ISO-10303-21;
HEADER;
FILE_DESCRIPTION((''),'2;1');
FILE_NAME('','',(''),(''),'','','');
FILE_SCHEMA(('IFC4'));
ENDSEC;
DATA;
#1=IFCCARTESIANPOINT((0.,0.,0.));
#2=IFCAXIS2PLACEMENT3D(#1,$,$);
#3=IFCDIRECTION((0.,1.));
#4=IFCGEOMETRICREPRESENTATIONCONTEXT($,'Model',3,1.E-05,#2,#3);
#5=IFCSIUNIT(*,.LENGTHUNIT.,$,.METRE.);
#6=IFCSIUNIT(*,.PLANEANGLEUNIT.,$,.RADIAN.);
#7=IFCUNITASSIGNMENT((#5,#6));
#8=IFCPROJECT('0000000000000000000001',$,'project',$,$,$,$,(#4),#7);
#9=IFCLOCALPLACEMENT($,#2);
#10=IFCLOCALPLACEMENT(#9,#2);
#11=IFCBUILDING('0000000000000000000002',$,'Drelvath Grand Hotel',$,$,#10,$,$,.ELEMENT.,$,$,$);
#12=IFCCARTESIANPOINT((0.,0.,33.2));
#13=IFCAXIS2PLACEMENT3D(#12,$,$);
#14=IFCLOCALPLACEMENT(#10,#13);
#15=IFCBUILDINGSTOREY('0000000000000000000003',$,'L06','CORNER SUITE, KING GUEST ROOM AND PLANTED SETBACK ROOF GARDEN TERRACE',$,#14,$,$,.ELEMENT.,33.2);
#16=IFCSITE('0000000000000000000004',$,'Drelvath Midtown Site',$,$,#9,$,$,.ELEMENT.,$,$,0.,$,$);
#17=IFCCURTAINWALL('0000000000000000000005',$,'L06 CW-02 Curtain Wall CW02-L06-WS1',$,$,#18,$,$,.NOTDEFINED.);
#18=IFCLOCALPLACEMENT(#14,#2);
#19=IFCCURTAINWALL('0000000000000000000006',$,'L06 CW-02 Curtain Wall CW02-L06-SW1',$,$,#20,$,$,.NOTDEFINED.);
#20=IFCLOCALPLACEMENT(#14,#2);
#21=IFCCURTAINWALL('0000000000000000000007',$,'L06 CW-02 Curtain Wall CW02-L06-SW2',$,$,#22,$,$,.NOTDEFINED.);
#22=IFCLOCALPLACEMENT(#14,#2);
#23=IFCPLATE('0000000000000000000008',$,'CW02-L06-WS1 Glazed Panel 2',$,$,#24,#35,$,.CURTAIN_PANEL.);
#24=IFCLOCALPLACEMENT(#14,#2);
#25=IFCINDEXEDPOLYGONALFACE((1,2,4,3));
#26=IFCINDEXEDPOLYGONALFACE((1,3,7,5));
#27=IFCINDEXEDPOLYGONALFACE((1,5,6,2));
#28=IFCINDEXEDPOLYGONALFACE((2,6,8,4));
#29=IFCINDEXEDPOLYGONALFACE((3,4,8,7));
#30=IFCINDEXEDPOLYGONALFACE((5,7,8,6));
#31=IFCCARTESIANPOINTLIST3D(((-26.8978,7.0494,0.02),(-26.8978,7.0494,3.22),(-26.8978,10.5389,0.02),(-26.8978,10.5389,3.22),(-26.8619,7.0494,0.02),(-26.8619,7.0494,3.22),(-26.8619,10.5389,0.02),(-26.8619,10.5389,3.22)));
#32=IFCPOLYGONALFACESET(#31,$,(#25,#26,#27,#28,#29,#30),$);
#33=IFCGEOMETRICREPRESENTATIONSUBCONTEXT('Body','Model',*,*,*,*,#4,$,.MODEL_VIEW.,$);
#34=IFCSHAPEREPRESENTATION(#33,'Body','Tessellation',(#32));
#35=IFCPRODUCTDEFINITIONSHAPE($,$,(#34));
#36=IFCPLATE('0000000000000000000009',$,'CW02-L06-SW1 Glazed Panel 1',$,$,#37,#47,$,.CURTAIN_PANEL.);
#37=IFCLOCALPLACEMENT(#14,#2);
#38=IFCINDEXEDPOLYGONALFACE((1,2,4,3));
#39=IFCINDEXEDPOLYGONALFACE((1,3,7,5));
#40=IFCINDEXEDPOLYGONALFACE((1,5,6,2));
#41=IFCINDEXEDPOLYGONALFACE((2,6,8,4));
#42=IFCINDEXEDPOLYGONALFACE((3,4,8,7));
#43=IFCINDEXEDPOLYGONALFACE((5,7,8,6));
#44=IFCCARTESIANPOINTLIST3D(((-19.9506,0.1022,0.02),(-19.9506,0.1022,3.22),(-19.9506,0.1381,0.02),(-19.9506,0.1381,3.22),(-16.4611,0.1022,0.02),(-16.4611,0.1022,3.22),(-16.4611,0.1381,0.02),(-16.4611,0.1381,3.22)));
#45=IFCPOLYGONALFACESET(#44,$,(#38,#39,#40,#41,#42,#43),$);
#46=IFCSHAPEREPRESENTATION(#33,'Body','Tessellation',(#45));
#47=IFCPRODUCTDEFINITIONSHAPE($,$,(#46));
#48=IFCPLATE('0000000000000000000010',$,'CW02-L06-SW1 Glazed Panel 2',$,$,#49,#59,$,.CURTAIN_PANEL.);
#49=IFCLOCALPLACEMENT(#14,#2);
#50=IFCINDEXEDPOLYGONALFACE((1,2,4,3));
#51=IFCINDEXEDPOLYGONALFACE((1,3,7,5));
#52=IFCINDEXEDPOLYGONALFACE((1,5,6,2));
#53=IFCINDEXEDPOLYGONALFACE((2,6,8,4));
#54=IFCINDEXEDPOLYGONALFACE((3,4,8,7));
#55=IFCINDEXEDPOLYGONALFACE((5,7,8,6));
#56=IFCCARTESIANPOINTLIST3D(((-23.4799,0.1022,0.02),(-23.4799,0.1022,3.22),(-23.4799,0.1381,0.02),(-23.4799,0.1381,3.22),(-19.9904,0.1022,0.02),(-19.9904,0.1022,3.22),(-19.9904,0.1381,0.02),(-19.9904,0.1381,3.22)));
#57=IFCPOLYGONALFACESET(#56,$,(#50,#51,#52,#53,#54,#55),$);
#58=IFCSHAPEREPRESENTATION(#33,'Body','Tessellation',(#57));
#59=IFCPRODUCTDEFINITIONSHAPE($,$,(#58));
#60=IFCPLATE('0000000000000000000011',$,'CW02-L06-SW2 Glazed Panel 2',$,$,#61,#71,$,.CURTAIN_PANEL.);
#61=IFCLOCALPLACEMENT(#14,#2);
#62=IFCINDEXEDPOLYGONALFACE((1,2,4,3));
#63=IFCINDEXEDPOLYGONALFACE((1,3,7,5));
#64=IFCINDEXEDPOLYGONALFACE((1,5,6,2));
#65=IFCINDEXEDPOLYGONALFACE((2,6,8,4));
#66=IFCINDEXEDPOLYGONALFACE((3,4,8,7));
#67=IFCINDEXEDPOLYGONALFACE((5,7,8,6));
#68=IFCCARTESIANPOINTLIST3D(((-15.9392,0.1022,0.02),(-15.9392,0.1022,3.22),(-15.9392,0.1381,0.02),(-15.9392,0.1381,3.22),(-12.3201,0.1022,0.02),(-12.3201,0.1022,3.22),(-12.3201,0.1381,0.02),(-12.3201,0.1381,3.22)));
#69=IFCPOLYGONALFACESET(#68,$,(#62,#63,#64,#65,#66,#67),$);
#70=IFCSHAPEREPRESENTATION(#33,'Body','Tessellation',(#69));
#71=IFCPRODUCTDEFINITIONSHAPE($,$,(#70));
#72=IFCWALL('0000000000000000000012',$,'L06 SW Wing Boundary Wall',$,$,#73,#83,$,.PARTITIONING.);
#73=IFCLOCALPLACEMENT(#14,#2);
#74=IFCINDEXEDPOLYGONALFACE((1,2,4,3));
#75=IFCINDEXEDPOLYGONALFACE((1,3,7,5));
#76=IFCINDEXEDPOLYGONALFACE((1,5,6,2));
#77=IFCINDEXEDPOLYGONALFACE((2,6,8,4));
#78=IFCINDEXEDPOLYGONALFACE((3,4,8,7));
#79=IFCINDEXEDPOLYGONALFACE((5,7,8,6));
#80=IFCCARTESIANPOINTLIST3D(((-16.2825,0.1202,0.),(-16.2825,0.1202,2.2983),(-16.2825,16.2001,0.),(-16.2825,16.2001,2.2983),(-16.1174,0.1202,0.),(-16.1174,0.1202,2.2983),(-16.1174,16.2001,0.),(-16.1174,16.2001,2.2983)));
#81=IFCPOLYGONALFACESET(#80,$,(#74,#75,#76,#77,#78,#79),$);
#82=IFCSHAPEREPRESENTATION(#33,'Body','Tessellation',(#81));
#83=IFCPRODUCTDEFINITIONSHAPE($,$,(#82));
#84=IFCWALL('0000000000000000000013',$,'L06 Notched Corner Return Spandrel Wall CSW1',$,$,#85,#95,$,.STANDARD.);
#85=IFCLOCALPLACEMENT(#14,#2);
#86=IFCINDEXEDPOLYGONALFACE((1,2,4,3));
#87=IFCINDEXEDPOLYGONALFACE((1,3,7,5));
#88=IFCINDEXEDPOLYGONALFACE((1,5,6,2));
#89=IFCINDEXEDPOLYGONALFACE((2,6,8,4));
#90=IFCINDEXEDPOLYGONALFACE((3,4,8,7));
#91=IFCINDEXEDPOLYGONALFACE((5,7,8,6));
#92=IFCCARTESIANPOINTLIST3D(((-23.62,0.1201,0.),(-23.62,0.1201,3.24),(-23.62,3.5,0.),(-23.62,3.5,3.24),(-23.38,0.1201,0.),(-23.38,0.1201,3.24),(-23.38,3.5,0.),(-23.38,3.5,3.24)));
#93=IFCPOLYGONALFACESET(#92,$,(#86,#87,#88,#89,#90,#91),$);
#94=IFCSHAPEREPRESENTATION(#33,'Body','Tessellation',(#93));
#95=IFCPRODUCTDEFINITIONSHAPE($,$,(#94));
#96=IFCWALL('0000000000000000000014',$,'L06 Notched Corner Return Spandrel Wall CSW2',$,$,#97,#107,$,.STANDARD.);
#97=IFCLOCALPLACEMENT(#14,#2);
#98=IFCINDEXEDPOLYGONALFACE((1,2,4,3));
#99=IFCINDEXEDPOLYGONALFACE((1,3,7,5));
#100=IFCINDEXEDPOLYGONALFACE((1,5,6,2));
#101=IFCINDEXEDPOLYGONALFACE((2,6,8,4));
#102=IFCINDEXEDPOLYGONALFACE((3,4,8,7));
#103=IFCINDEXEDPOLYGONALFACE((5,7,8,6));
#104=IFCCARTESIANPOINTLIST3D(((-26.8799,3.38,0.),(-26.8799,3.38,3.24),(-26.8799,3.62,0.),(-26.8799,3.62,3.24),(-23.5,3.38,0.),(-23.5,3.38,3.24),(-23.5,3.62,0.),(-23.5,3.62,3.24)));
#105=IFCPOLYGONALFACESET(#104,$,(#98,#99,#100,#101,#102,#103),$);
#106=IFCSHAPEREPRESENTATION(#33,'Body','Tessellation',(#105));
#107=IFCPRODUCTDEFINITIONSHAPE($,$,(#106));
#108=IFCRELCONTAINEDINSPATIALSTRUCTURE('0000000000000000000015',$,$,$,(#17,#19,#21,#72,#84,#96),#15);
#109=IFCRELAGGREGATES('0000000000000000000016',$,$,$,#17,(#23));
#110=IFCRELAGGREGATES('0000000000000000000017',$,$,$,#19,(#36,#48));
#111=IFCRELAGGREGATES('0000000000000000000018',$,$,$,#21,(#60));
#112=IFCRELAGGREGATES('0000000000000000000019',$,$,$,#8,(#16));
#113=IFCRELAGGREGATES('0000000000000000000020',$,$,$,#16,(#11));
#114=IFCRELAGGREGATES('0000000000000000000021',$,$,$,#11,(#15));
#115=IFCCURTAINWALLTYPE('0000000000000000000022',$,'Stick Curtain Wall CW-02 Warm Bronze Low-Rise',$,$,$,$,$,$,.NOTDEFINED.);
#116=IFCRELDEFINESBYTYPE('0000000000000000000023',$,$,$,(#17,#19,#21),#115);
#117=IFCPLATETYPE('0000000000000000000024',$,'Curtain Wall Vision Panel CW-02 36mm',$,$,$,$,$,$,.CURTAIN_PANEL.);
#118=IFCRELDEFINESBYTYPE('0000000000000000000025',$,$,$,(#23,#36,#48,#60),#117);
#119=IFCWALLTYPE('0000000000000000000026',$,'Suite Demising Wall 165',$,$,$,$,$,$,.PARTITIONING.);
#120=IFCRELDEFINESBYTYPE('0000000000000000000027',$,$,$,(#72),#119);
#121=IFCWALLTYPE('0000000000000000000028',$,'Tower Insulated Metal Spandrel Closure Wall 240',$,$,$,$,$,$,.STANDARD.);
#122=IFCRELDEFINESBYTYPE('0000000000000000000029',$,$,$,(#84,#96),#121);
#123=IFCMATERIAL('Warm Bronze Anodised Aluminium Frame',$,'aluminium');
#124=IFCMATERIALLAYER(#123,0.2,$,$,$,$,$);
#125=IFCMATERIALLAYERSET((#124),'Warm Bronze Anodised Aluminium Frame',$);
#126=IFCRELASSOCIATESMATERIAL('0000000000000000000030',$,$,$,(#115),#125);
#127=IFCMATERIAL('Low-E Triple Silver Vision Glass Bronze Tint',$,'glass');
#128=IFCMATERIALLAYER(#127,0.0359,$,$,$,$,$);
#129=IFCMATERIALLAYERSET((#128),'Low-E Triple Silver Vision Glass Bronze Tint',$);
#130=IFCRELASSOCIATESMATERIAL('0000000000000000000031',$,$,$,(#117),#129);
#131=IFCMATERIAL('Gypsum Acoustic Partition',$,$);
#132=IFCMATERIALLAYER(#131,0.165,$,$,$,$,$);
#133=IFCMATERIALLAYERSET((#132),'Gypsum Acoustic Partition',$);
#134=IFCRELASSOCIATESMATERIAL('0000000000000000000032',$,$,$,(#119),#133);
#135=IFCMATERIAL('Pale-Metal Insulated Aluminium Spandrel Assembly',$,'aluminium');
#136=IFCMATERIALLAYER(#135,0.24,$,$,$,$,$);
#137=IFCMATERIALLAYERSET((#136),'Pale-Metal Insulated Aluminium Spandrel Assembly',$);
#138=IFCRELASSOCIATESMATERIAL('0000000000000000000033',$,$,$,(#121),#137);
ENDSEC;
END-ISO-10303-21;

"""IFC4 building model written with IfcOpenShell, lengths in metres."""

from ifc_helpers import new_model, si_unit, direction, frame, frame_2d, origin, origin_2d, place, context, subcontext, project, spatial, rectangle, extrude, material, layer, layer_set, type_object, element, aggregate, save


model = new_model("IFC4")

# Units and contexts
model_context = context("Model", 3, precision=1e-05, world=origin(), true_north=direction((0.0, 1.0)))
body_context = subcontext(model_context, "Body", "Model", "MODEL_VIEW")
ifc_project = project(units=[si_unit("LENGTHUNIT", "METRE"), si_unit("PLANEANGLEUNIT", "RADIAN")], contexts=[model_context])

# Site, building, storey
site_placement = place(None, origin())
site = spatial("IfcSite", under=ifc_project, at=site_placement, Name="Drelvath Midtown Site", CompositionType="ELEMENT", RefElevation=0.0)
building_placement = place(site_placement, origin())
building = spatial("IfcBuilding", under=site, at=building_placement, Name="Drelvath Grand Hotel", CompositionType="ELEMENT")
storey_placement = place(building_placement, frame((0.0, 0.0, 33.2)))
storey = spatial("IfcBuildingStorey", under=building, at=storey_placement, Name="L06", Description="CORNER SUITE, KING GUEST ROOM AND PLANTED SETBACK ROOF GARDEN TERRACE", CompositionType="ELEMENT", Elevation=33.2)

# Curtain walls
ifc_material_1 = material(Name="Warm Bronze Anodised Aluminium Frame", Category="aluminium")
ifc_layer_1 = layer(ifc_material_1, 0.2)
ifc_layer_set_1 = layer_set([ifc_layer_1], Name="Warm Bronze Anodised Aluminium Frame")
curtain_wall_type = type_object("IfcCurtainWallType", Name="Stick Curtain Wall CW-02 Warm Bronze Low-Rise", PredefinedType="NOTDEFINED", material=ifc_layer_set_1)
curtain_wall_1_placement = place(storey_placement, origin())
curtain_wall_1 = element("IfcCurtainWall", 1, at=curtain_wall_1_placement, inside=storey, type_object=curtain_wall_type, Name="L06 CW-02 Curtain Wall CW02-L06-WS1", PredefinedType="NOTDEFINED")
curtain_wall_2_placement = place(storey_placement, origin())
curtain_wall_2 = element("IfcCurtainWall", 2, at=curtain_wall_2_placement, inside=storey, type_object=curtain_wall_type, Name="L06 CW-02 Curtain Wall CW02-L06-SW1", PredefinedType="NOTDEFINED")

# Curtain wall
curtain_wall_3_placement = place(storey_placement, origin())
curtain_wall_3 = element("IfcCurtainWall", 3, at=curtain_wall_3_placement, inside=storey, type_object=curtain_wall_type, Name="L06 CW-02 Curtain Wall CW02-L06-SW2", PredefinedType="NOTDEFINED")

# Plates
ifc_material_2 = material(Name="Low-E Triple Silver Vision Glass Bronze Tint", Category="glass")
ifc_layer_2 = layer(ifc_material_2, 0.0359)
ifc_layer_set_2 = layer_set([ifc_layer_2], Name="Low-E Triple Silver Vision Glass Bronze Tint")
plate_type = type_object("IfcPlateType", Name="Curtain Wall Vision Panel CW-02 36mm", PredefinedType="CURTAIN_PANEL", material=ifc_layer_set_2)
plate_1_placement = place(storey_placement, frame((-26.8799, 8.7942, 0.02), z_axis=(0.0, 0.0, 1.0), x_axis=(0.0, 1.0, 0.0)))
plate_1 = element("IfcPlate", 4, at=plate_1_placement, type_object=plate_type, Name="CW02-L06-WS1 Glazed Panel 2", PredefinedType="CURTAIN_PANEL", context=body_context, shape_type="SweptSolid", body=[
    extrude(rectangle(XDim=3.4895, YDim=0.0359, at=origin_2d()), origin(), (0.0, 0.0, 1.0), 3.2),
])
aggregate(curtain_wall_1, [plate_1])
plate_2_placement = place(storey_placement, frame((-18.2058, 0.1201, 0.02), z_axis=(0.0, 0.0, 1.0), x_axis=(-1.0, 0.0, 0.0)))
plate_2 = element("IfcPlate", 5, at=plate_2_placement, type_object=plate_type, Name="CW02-L06-SW1 Glazed Panel 1", PredefinedType="CURTAIN_PANEL", context=body_context, shape_type="SweptSolid", body=[
    extrude(rectangle(XDim=3.4895, YDim=0.0359, at=origin_2d()), origin(), (0.0, 0.0, 1.0), 3.2),
])
plate_3_placement = place(storey_placement, frame((-21.7351, 0.1201, 0.02), z_axis=(0.0, 0.0, 1.0), x_axis=(-1.0, 0.0, 0.0)))
plate_3 = element("IfcPlate", 6, at=plate_3_placement, type_object=plate_type, Name="CW02-L06-SW1 Glazed Panel 2", PredefinedType="CURTAIN_PANEL", context=body_context, shape_type="SweptSolid", body=[
    extrude(rectangle(XDim=3.4895, YDim=0.0359, at=origin_2d()), origin(), (0.0, 0.0, 1.0), 3.2),
])
aggregate(curtain_wall_2, [plate_2, plate_3])
plate_4_placement = place(storey_placement, frame((-14.1296, 0.1201, 0.02), z_axis=(0.0, 0.0, 1.0), x_axis=(-1.0, 0.0, 0.0)))
plate_4 = element("IfcPlate", 7, at=plate_4_placement, type_object=plate_type, Name="CW02-L06-SW2 Glazed Panel 2", PredefinedType="CURTAIN_PANEL", context=body_context, shape_type="SweptSolid", body=[
    extrude(rectangle(XDim=3.6191, YDim=0.0359, at=origin_2d()), origin(), (0.0, 0.0, 1.0), 3.2),
])
aggregate(curtain_wall_3, [plate_4])

# Walls
ifc_material_3 = material(Name="Gypsum Acoustic Partition")
ifc_layer_3 = layer(ifc_material_3, 0.165)
ifc_layer_set_3 = layer_set([ifc_layer_3], Name="Gypsum Acoustic Partition")
wall_type_1 = type_object("IfcWallType", Name="Suite Demising Wall 165", PredefinedType="PARTITIONING", material=ifc_layer_set_3)
wall_placement = place(storey_placement, frame((-16.2, 0.1201, 0.0), z_axis=(0.0, 0.0, 1.0), x_axis=(0.0, 1.0, 0.0)))
element("IfcWall", 8, at=wall_placement, inside=storey, type_object=wall_type_1, Name="L06 SW Wing Boundary Wall", PredefinedType="PARTITIONING", context=body_context, shape_type="SweptSolid", body=[
    extrude(rectangle(XDim=16.0798, YDim=0.165, at=frame_2d((8.04, 0.0))), origin(), (0.0, 0.0, 1.0), 2.2983),
])
ifc_material_4 = material(Name="Pale-Metal Insulated Aluminium Spandrel Assembly", Category="aluminium")
ifc_layer_4 = layer(ifc_material_4, 0.24)
ifc_layer_set_4 = layer_set([ifc_layer_4], Name="Pale-Metal Insulated Aluminium Spandrel Assembly")
wall_type_2 = type_object("IfcWallType", Name="Tower Insulated Metal Spandrel Closure Wall 240", PredefinedType="STANDARD", material=ifc_layer_set_4)
for number, where, z_axis, x_axis, name in (
    (9, (-23.5, 0.1201, 0.0), (0.0, 0.0, 1.0), (0.0, 1.0, 0.0), "L06 Notched Corner Return Spandrel Wall CSW1"),
    (10, (-23.5, 3.5, 0.0), (0.0, 0.0, 1.0), (-1.0, 0.0, 0.0), "L06 Notched Corner Return Spandrel Wall CSW2"),
):
    element("IfcWall", number, at=place(storey_placement, frame(where, z_axis=z_axis, x_axis=x_axis)), inside=storey, type_object=wall_type_2, Name=name, PredefinedType="STANDARD", context=body_context, shape_type="SweptSolid", body=[
        extrude(rectangle(XDim=3.3799, YDim=0.24, at=frame_2d((1.6899, 0.0))), origin(), (0.0, 0.0, 1.0), 3.24),
    ])

save(model, "model.ifc")
